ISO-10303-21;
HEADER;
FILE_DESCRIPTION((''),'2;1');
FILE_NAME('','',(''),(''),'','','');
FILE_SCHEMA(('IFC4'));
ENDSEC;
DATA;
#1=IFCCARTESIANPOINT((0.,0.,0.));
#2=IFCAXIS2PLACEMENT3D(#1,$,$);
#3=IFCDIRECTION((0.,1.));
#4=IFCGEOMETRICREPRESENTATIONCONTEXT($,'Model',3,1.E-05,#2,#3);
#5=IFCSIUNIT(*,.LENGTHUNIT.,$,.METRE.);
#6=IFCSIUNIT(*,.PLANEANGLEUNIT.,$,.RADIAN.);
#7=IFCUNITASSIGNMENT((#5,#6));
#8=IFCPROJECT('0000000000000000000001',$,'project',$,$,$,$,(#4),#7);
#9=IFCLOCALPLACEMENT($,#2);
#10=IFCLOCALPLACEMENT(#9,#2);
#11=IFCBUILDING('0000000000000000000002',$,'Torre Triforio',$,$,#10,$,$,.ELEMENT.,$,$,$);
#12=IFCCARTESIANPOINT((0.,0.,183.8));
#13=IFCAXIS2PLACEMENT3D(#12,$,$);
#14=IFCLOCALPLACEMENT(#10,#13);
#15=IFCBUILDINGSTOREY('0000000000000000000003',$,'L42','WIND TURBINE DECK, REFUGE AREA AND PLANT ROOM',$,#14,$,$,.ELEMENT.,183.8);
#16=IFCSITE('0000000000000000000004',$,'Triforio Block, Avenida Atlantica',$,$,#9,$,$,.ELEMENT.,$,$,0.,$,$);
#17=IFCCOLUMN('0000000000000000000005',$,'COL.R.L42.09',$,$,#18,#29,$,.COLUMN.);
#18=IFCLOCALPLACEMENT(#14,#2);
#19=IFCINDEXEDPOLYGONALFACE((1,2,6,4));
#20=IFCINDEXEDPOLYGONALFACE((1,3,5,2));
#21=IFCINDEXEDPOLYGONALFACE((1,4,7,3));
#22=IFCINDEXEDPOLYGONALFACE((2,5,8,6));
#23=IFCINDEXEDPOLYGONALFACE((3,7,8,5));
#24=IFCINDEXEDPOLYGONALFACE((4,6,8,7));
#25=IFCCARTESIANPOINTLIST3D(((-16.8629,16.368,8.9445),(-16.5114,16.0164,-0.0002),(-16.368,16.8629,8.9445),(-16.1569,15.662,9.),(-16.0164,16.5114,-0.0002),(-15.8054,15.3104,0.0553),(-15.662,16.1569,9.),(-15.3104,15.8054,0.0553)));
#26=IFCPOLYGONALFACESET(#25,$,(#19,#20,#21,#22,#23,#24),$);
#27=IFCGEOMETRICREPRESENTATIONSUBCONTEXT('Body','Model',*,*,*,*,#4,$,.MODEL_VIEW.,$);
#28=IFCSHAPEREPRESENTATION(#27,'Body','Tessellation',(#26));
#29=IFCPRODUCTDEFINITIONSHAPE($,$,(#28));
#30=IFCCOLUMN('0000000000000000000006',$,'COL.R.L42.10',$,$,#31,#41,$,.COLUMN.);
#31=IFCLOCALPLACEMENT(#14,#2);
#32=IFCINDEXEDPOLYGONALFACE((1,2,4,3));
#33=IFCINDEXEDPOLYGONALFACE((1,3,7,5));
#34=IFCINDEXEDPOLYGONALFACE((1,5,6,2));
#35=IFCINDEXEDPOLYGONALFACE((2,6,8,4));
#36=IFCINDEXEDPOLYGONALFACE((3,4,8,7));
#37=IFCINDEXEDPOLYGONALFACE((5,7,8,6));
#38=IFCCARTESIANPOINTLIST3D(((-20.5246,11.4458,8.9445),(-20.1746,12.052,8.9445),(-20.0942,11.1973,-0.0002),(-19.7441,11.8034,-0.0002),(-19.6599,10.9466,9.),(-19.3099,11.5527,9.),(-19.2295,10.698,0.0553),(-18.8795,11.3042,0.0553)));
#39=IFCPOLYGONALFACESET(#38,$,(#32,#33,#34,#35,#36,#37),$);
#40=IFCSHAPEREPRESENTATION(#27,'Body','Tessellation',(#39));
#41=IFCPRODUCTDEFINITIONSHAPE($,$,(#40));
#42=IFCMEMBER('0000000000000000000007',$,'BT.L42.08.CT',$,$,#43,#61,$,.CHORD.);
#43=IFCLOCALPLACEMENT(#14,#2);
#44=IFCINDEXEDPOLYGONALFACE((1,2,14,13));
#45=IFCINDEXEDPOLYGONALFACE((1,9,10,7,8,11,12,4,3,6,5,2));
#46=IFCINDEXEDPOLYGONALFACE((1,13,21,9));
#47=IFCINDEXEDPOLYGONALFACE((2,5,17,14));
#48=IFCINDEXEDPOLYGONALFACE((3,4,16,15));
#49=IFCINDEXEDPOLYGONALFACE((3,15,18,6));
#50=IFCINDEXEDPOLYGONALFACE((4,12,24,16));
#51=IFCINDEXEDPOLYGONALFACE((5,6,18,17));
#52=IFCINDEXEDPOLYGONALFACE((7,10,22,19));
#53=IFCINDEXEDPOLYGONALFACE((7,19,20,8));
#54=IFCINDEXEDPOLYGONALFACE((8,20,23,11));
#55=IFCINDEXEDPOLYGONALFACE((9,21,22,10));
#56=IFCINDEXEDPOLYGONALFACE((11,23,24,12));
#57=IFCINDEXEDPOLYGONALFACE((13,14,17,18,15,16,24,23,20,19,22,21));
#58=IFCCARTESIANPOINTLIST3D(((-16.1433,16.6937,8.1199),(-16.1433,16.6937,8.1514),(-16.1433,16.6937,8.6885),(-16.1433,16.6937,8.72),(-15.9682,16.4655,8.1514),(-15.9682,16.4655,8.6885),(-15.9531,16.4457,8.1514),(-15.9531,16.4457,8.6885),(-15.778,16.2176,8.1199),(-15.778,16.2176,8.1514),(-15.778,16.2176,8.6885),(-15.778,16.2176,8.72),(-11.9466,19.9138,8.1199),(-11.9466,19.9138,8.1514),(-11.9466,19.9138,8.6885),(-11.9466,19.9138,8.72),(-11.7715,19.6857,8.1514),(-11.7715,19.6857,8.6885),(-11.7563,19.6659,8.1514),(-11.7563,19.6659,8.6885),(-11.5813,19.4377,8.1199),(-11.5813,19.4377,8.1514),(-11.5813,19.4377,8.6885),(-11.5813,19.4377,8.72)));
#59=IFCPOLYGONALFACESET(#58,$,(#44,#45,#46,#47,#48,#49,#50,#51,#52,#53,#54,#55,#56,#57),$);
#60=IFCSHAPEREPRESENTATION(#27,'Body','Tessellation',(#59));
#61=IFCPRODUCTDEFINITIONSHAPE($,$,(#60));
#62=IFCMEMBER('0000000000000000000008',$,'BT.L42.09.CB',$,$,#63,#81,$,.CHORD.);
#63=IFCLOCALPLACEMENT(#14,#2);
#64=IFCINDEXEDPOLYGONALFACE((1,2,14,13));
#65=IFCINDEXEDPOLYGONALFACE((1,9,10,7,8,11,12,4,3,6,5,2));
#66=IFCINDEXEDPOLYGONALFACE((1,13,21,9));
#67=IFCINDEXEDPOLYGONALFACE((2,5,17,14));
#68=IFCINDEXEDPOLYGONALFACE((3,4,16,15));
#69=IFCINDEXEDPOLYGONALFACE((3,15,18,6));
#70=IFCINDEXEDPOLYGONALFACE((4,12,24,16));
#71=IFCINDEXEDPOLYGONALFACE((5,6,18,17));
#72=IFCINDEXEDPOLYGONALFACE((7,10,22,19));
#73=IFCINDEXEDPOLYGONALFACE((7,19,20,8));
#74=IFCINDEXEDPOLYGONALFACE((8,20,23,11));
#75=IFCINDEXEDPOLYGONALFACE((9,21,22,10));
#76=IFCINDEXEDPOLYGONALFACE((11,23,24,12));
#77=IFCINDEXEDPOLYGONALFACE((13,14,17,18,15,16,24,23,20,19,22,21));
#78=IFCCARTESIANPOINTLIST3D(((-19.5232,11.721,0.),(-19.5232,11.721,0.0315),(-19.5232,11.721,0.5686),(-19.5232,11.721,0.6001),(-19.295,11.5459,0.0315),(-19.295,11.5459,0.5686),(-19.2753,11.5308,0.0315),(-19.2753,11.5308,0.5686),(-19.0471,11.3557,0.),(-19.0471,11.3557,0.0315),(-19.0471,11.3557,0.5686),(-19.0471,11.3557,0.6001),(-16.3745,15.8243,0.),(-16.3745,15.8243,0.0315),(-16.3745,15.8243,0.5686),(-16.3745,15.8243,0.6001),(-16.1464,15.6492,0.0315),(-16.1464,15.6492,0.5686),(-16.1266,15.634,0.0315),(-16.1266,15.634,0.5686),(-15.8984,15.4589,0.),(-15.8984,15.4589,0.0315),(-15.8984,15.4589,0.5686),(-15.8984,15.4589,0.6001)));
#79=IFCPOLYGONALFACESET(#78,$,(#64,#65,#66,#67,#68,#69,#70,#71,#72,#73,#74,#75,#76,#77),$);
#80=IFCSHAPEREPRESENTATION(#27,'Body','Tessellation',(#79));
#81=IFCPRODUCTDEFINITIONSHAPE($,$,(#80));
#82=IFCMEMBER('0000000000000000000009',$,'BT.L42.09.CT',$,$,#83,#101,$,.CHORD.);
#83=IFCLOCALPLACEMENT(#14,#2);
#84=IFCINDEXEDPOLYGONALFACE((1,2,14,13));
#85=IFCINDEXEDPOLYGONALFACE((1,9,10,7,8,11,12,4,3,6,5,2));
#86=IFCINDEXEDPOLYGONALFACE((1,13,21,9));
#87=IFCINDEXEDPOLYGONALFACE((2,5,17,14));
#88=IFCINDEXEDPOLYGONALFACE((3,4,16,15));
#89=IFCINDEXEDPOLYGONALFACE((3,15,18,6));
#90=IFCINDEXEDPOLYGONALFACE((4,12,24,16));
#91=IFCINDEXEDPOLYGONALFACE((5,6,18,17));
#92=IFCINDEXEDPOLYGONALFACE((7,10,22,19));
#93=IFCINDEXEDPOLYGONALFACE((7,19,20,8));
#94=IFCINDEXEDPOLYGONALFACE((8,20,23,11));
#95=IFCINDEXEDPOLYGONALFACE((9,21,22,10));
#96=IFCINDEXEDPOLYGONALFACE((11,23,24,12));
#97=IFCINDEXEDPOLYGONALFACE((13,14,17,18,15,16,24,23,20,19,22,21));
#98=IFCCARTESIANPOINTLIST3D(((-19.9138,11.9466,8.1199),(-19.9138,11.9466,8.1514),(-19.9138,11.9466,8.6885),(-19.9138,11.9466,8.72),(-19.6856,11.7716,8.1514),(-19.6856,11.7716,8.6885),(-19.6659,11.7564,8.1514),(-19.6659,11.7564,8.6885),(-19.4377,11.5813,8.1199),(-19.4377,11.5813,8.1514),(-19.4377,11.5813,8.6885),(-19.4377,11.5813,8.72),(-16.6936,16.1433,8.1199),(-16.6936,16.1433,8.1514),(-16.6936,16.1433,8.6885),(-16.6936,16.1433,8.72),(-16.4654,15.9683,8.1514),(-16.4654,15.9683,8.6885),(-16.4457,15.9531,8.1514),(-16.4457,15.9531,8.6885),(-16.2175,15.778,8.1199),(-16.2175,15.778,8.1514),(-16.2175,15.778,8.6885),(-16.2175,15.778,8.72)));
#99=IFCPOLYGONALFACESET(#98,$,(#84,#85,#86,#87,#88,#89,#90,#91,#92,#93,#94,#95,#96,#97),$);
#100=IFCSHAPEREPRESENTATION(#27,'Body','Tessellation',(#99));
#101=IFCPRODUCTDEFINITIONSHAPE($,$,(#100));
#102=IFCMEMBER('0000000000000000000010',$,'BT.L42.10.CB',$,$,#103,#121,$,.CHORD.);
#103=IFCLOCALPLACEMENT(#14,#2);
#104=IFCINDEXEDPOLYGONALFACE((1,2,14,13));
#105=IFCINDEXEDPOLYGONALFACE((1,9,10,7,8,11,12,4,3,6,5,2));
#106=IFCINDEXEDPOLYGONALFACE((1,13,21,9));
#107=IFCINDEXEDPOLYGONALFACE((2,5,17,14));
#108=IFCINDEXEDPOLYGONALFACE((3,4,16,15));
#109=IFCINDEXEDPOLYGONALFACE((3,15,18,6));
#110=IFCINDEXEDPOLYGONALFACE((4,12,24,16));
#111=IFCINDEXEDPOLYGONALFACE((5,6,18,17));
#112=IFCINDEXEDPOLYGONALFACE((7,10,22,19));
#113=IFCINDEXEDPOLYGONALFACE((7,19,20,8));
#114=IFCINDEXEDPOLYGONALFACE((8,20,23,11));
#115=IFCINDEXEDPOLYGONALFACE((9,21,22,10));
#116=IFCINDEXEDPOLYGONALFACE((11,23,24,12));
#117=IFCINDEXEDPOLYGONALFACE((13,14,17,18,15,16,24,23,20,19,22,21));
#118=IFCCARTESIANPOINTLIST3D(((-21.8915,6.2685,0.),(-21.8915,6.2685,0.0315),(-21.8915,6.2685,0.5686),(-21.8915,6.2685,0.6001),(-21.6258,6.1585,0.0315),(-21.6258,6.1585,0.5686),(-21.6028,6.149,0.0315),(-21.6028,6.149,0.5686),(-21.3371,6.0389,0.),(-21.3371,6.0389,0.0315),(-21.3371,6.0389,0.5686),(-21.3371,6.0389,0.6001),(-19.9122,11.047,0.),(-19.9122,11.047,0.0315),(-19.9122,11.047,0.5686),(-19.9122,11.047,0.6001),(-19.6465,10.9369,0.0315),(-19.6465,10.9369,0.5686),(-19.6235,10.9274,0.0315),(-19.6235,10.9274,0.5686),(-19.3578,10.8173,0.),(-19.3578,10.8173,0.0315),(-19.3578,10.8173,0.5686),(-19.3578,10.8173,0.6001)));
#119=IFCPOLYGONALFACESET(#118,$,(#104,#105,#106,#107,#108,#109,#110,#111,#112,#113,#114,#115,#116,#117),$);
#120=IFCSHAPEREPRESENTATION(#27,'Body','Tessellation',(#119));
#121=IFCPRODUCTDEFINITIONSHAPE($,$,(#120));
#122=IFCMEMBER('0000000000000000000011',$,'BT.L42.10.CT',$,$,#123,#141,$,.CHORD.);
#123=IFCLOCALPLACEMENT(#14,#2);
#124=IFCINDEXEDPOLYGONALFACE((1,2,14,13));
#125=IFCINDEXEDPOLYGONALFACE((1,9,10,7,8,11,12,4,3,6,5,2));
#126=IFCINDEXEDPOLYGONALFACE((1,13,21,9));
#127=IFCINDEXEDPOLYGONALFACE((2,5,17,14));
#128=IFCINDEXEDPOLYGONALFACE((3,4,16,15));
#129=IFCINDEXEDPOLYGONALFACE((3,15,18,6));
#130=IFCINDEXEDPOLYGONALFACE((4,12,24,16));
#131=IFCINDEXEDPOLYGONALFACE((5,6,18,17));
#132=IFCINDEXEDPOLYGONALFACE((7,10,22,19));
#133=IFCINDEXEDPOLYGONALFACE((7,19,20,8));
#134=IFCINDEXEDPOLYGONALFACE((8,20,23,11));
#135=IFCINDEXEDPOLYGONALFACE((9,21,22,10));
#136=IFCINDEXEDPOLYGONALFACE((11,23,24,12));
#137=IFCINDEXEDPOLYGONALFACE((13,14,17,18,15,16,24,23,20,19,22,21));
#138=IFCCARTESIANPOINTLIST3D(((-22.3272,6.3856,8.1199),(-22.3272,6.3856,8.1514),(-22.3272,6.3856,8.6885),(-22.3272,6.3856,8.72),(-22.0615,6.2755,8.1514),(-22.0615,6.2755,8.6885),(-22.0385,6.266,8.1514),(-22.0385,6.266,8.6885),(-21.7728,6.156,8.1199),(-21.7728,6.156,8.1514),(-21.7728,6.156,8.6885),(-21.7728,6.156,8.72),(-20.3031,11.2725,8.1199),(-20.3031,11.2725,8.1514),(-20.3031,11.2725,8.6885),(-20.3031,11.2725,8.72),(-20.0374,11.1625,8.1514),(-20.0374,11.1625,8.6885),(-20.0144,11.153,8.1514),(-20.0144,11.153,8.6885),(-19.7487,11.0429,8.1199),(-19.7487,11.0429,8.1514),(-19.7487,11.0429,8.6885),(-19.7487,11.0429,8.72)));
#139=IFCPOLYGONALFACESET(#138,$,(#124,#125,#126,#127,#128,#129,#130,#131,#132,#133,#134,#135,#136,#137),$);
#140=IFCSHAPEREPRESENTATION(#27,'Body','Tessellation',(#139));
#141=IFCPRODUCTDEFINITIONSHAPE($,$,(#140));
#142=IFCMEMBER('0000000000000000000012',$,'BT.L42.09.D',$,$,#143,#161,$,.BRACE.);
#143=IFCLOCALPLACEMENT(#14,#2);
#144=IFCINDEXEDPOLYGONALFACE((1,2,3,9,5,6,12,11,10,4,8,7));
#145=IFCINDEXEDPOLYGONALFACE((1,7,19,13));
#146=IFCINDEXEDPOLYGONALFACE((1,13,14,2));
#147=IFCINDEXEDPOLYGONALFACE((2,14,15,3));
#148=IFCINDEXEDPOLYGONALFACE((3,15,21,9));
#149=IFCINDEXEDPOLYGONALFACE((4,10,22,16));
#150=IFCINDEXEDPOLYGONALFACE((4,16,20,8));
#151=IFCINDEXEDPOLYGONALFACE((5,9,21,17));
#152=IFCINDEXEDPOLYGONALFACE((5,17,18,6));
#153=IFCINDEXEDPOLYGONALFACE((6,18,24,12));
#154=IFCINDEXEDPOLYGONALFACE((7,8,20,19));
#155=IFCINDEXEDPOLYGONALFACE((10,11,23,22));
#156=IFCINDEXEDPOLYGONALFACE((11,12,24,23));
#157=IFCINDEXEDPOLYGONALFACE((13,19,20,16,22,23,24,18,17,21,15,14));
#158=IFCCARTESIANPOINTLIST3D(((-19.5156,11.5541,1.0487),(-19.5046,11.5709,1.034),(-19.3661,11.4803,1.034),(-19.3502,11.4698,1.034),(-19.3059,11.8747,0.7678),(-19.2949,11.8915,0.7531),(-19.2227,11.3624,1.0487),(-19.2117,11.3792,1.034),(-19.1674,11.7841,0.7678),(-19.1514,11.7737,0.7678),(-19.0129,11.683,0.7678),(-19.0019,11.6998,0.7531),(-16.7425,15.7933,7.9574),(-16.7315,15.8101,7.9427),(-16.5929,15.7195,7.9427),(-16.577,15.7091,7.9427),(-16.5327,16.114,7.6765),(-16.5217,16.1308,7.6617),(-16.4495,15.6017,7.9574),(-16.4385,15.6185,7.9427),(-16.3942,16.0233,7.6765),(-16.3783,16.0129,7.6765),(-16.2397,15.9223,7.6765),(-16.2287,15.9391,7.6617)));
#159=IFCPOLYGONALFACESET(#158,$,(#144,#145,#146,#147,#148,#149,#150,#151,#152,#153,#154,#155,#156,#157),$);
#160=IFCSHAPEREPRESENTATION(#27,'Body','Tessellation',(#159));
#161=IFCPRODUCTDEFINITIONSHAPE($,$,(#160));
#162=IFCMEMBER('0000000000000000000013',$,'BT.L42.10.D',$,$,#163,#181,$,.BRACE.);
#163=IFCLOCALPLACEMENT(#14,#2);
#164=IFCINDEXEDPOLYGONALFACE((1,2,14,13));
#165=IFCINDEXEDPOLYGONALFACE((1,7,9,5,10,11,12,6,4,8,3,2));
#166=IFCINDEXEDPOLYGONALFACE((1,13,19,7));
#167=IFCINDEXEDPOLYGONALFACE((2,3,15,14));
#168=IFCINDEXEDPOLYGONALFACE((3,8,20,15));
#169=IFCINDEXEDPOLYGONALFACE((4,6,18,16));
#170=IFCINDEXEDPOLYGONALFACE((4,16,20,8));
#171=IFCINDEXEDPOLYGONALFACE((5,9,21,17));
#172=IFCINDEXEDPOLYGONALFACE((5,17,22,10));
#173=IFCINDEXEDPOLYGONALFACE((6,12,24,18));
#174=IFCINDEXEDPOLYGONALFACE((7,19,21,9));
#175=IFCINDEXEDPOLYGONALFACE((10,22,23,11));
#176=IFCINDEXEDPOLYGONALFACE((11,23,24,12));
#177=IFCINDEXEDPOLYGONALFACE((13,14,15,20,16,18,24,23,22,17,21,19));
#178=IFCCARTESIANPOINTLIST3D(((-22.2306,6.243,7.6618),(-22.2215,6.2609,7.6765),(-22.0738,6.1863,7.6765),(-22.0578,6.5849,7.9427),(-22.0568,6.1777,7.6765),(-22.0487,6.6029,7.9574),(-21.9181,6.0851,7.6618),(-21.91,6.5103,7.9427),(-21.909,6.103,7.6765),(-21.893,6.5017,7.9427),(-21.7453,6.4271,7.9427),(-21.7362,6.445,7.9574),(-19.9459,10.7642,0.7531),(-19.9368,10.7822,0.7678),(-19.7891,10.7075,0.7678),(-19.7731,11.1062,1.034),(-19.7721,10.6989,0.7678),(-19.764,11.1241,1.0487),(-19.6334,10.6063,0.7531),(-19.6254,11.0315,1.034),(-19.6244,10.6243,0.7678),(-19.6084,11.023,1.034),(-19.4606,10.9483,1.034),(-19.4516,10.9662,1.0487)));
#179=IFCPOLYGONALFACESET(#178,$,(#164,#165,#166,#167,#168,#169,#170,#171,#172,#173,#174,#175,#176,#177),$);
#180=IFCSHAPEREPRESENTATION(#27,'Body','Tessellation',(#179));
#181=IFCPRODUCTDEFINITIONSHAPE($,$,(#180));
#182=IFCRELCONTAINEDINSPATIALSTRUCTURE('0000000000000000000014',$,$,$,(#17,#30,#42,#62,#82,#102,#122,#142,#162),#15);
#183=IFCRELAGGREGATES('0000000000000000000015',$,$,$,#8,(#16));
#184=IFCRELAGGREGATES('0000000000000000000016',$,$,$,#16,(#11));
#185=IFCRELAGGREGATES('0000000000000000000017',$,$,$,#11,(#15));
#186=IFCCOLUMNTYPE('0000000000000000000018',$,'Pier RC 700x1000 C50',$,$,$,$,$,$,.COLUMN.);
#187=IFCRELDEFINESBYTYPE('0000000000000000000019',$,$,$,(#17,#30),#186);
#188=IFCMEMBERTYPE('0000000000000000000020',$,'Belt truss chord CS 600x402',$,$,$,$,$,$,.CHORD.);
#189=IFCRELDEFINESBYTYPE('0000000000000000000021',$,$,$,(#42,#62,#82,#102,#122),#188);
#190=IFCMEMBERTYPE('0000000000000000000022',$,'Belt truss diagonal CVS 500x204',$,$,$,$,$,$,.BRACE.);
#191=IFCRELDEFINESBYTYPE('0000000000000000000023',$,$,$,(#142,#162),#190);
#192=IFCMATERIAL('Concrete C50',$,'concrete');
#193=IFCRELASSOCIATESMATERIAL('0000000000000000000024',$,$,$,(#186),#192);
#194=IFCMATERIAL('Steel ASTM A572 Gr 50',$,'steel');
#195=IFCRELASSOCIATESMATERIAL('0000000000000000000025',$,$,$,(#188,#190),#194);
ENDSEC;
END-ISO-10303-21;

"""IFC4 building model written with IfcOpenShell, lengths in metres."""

from ifc_helpers import new_model, si_unit, direction, frame, origin, origin_2d, place, context, subcontext, project, spatial, rectangle, i_section, extrude, material, material_profile, profile_set, type_object, element, save


model = new_model("IFC4")

# Units and contexts
model_context = context("Model", 3, precision=1e-05, world=origin(), true_north=direction((0.0, 1.0)))
body_context = subcontext(model_context, "Body", "Model", "MODEL_VIEW")
ifc_project = project(units=[si_unit("LENGTHUNIT", "METRE"), si_unit("PLANEANGLEUNIT", "RADIAN")], contexts=[model_context])

# Site, building, storey
site_placement = place(None, origin())
site = spatial("IfcSite", under=ifc_project, at=site_placement, Name="Triforio Block, Avenida Atlantica", CompositionType="ELEMENT", RefElevation=0.0)
building_placement = place(site_placement, origin())
building = spatial("IfcBuilding", under=site, at=building_placement, Name="Torre Triforio", CompositionType="ELEMENT")
storey_placement = place(building_placement, frame((0.0, 0.0, 183.8)))
storey = spatial("IfcBuildingStorey", under=building, at=storey_placement, Name="L42", Description="WIND TURBINE DECK, REFUGE AREA AND PLANT ROOM", CompositionType="ELEMENT", Elevation=183.8)

# Columns
ifc_material_1 = material(Name="Concrete C50", Category="concrete")
ifc_material_profile_1 = material_profile(ifc_material_1, rectangle(XDim=0.7, YDim=1.0, at=origin_2d()), Name="RC 700x1000")
ifc_profile_set_1 = profile_set([ifc_material_profile_1], Name="Concrete C50")
column_type = type_object("IfcColumnType", Name="Pier RC 700x1000 C50", PredefinedType="COLUMN", material=ifc_profile_set_1)
for number, where, z_axis, x_axis, name in (
    (1, (-15.9109, 15.9109, 0.0276), (-0.039244, 0.039244, 0.998459), (-0.707107, -0.707107, 0.0), "COL.R.L42.09"),
    (2, (-19.4868, 11.2507, 0.0276), (-0.048047, 0.027743, 0.99846), (-0.500048, -0.865997, 0.0), "COL.R.L42.10"),
):
    element("IfcColumn", number, at=place(storey_placement, frame(where, z_axis=z_axis, x_axis=x_axis)), inside=storey, type_object=column_type, Name=name, PredefinedType="COLUMN", context=body_context, shape_type="SweptSolid", body=[
        extrude(rectangle(XDim=0.7, YDim=1.0, at=origin_2d()), origin(), (0.0, 0.0, 1.0), 8.9585),
    ])

# Members
ifc_material_2 = material(Name="Steel ASTM A572 Gr 50", Category="steel")
ifc_material_profile_2 = material_profile(ifc_material_2, i_section(OverallWidth=0.6001, OverallDepth=0.6001, WebThickness=0.0249, FlangeThickness=0.0315, at=origin_2d()), Name="CS 600x402")
ifc_profile_set_2 = profile_set([ifc_material_profile_2], Name="Steel ASTM A572 Gr 50")
member_type_1 = type_object("IfcMemberType", Name="Belt truss chord CS 600x402", PredefinedType="CHORD", material=ifc_profile_set_2)
member_1_placement = place(storey_placement, frame((-11.7639, 19.6758, 8.4199), z_axis=(-0.793361, -0.608751, 0.0), x_axis=(0.608751, -0.793361, 0.0)))
element("IfcMember", 3, at=member_1_placement, inside=storey, type_object=member_type_1, Name="BT.L42.08.CT", PredefinedType="CHORD", context=body_context, shape_type="SweptSolid", body=[
    extrude(i_section(OverallWidth=0.6001, OverallDepth=0.6001, WebThickness=0.0249, FlangeThickness=0.0315, at=origin_2d()), origin(), (0.0, 0.0, 1.0), 5.2898),
])
member_2_placement = place(storey_placement, frame((-16.1365, 15.6416, 0.3), z_axis=(-0.608777, -0.793341, 0.0), x_axis=(0.793341, -0.608777, 0.0)))
element("IfcMember", 4, at=member_2_placement, inside=storey, type_object=member_type_1, Name="BT.L42.09.CB", PredefinedType="CHORD", context=body_context, shape_type="SweptSolid", body=[
    extrude(i_section(OverallWidth=0.6001, OverallDepth=0.6001, WebThickness=0.0249, FlangeThickness=0.0315, at=origin_2d()), origin(), (0.0, 0.0, 1.0), 5.1721),
])
member_3_placement = place(storey_placement, frame((-16.4556, 15.9607, 8.4199), z_axis=(-0.608751, -0.793361, 0.0), x_axis=(0.793361, -0.608751, 0.0)))
element("IfcMember", 5, at=member_3_placement, inside=storey, type_object=member_type_1, Name="BT.L42.09.CT", PredefinedType="CHORD", context=body_context, shape_type="SweptSolid", body=[
    extrude(i_section(OverallWidth=0.6001, OverallDepth=0.6001, WebThickness=0.0249, FlangeThickness=0.0315, at=origin_2d()), origin(), (0.0, 0.0, 1.0), 5.2898),
])
member_4_placement = place(storey_placement, frame((-19.635, 10.9321, 0.3), z_axis=(-0.382684, -0.923879, 0.0), x_axis=(0.923879, -0.382684, 0.0)))
element("IfcMember", 6, at=member_4_placement, inside=storey, type_object=member_type_1, Name="BT.L42.10.CB", PredefinedType="CHORD", context=body_context, shape_type="SweptSolid", body=[
    extrude(i_section(OverallWidth=0.6001, OverallDepth=0.6001, WebThickness=0.0249, FlangeThickness=0.0315, at=origin_2d()), origin(), (0.0, 0.0, 1.0), 5.1721),
])
member_5_placement = place(storey_placement, frame((-20.0259, 11.1577, 8.4199), z_axis=(-0.382671, -0.923885, 0.0), x_axis=(0.923885, -0.382671, 0.0)))
element("IfcMember", 7, at=member_5_placement, inside=storey, type_object=member_type_1, Name="BT.L42.10.CT", PredefinedType="CHORD", context=body_context, shape_type="SweptSolid", body=[
    extrude(i_section(OverallWidth=0.6001, OverallDepth=0.6001, WebThickness=0.0249, FlangeThickness=0.0315, at=origin_2d()), origin(), (0.0, 0.0, 1.0), 5.2896),
])
ifc_material_profile_3 = material_profile(ifc_material_2, i_section(OverallWidth=0.3501, OverallDepth=0.5, WebThickness=0.019, FlangeThickness=0.0249, at=origin_2d()), Name="CVS 500x204")
ifc_profile_set_3 = profile_set([ifc_material_profile_3], Name="Steel ASTM A572 Gr 50")
member_type_2 = type_object("IfcMemberType", Name="Belt truss diagonal CVS 500x204", PredefinedType="BRACE", material=ifc_profile_set_3)
for number, where, z_axis, x_axis, name in (
    (8, (-16.4856, 15.8662, 7.8096), (-0.32371, -0.494841, -0.806439), (0.836846, -0.547439, 0.0), "BT.L42.09.D"),
    (9, (-19.6987, 10.8652, 0.9009), (-0.266686, -0.527758, 0.806442), (0.89252, -0.451007, 0.0), "BT.L42.10.D"),
):
    element("IfcMember", number, at=place(storey_placement, frame(where, z_axis=z_axis, x_axis=x_axis)), inside=storey, type_object=member_type_2, Name=name, PredefinedType="BRACE", context=body_context, shape_type="SweptSolid", body=[
        extrude(i_section(OverallWidth=0.3501, OverallDepth=0.5, WebThickness=0.019, FlangeThickness=0.0249, at=origin_2d()), origin(), (0.0, 0.0, 1.0), 8.5669),
    ])

save(model, "model.ifc")
